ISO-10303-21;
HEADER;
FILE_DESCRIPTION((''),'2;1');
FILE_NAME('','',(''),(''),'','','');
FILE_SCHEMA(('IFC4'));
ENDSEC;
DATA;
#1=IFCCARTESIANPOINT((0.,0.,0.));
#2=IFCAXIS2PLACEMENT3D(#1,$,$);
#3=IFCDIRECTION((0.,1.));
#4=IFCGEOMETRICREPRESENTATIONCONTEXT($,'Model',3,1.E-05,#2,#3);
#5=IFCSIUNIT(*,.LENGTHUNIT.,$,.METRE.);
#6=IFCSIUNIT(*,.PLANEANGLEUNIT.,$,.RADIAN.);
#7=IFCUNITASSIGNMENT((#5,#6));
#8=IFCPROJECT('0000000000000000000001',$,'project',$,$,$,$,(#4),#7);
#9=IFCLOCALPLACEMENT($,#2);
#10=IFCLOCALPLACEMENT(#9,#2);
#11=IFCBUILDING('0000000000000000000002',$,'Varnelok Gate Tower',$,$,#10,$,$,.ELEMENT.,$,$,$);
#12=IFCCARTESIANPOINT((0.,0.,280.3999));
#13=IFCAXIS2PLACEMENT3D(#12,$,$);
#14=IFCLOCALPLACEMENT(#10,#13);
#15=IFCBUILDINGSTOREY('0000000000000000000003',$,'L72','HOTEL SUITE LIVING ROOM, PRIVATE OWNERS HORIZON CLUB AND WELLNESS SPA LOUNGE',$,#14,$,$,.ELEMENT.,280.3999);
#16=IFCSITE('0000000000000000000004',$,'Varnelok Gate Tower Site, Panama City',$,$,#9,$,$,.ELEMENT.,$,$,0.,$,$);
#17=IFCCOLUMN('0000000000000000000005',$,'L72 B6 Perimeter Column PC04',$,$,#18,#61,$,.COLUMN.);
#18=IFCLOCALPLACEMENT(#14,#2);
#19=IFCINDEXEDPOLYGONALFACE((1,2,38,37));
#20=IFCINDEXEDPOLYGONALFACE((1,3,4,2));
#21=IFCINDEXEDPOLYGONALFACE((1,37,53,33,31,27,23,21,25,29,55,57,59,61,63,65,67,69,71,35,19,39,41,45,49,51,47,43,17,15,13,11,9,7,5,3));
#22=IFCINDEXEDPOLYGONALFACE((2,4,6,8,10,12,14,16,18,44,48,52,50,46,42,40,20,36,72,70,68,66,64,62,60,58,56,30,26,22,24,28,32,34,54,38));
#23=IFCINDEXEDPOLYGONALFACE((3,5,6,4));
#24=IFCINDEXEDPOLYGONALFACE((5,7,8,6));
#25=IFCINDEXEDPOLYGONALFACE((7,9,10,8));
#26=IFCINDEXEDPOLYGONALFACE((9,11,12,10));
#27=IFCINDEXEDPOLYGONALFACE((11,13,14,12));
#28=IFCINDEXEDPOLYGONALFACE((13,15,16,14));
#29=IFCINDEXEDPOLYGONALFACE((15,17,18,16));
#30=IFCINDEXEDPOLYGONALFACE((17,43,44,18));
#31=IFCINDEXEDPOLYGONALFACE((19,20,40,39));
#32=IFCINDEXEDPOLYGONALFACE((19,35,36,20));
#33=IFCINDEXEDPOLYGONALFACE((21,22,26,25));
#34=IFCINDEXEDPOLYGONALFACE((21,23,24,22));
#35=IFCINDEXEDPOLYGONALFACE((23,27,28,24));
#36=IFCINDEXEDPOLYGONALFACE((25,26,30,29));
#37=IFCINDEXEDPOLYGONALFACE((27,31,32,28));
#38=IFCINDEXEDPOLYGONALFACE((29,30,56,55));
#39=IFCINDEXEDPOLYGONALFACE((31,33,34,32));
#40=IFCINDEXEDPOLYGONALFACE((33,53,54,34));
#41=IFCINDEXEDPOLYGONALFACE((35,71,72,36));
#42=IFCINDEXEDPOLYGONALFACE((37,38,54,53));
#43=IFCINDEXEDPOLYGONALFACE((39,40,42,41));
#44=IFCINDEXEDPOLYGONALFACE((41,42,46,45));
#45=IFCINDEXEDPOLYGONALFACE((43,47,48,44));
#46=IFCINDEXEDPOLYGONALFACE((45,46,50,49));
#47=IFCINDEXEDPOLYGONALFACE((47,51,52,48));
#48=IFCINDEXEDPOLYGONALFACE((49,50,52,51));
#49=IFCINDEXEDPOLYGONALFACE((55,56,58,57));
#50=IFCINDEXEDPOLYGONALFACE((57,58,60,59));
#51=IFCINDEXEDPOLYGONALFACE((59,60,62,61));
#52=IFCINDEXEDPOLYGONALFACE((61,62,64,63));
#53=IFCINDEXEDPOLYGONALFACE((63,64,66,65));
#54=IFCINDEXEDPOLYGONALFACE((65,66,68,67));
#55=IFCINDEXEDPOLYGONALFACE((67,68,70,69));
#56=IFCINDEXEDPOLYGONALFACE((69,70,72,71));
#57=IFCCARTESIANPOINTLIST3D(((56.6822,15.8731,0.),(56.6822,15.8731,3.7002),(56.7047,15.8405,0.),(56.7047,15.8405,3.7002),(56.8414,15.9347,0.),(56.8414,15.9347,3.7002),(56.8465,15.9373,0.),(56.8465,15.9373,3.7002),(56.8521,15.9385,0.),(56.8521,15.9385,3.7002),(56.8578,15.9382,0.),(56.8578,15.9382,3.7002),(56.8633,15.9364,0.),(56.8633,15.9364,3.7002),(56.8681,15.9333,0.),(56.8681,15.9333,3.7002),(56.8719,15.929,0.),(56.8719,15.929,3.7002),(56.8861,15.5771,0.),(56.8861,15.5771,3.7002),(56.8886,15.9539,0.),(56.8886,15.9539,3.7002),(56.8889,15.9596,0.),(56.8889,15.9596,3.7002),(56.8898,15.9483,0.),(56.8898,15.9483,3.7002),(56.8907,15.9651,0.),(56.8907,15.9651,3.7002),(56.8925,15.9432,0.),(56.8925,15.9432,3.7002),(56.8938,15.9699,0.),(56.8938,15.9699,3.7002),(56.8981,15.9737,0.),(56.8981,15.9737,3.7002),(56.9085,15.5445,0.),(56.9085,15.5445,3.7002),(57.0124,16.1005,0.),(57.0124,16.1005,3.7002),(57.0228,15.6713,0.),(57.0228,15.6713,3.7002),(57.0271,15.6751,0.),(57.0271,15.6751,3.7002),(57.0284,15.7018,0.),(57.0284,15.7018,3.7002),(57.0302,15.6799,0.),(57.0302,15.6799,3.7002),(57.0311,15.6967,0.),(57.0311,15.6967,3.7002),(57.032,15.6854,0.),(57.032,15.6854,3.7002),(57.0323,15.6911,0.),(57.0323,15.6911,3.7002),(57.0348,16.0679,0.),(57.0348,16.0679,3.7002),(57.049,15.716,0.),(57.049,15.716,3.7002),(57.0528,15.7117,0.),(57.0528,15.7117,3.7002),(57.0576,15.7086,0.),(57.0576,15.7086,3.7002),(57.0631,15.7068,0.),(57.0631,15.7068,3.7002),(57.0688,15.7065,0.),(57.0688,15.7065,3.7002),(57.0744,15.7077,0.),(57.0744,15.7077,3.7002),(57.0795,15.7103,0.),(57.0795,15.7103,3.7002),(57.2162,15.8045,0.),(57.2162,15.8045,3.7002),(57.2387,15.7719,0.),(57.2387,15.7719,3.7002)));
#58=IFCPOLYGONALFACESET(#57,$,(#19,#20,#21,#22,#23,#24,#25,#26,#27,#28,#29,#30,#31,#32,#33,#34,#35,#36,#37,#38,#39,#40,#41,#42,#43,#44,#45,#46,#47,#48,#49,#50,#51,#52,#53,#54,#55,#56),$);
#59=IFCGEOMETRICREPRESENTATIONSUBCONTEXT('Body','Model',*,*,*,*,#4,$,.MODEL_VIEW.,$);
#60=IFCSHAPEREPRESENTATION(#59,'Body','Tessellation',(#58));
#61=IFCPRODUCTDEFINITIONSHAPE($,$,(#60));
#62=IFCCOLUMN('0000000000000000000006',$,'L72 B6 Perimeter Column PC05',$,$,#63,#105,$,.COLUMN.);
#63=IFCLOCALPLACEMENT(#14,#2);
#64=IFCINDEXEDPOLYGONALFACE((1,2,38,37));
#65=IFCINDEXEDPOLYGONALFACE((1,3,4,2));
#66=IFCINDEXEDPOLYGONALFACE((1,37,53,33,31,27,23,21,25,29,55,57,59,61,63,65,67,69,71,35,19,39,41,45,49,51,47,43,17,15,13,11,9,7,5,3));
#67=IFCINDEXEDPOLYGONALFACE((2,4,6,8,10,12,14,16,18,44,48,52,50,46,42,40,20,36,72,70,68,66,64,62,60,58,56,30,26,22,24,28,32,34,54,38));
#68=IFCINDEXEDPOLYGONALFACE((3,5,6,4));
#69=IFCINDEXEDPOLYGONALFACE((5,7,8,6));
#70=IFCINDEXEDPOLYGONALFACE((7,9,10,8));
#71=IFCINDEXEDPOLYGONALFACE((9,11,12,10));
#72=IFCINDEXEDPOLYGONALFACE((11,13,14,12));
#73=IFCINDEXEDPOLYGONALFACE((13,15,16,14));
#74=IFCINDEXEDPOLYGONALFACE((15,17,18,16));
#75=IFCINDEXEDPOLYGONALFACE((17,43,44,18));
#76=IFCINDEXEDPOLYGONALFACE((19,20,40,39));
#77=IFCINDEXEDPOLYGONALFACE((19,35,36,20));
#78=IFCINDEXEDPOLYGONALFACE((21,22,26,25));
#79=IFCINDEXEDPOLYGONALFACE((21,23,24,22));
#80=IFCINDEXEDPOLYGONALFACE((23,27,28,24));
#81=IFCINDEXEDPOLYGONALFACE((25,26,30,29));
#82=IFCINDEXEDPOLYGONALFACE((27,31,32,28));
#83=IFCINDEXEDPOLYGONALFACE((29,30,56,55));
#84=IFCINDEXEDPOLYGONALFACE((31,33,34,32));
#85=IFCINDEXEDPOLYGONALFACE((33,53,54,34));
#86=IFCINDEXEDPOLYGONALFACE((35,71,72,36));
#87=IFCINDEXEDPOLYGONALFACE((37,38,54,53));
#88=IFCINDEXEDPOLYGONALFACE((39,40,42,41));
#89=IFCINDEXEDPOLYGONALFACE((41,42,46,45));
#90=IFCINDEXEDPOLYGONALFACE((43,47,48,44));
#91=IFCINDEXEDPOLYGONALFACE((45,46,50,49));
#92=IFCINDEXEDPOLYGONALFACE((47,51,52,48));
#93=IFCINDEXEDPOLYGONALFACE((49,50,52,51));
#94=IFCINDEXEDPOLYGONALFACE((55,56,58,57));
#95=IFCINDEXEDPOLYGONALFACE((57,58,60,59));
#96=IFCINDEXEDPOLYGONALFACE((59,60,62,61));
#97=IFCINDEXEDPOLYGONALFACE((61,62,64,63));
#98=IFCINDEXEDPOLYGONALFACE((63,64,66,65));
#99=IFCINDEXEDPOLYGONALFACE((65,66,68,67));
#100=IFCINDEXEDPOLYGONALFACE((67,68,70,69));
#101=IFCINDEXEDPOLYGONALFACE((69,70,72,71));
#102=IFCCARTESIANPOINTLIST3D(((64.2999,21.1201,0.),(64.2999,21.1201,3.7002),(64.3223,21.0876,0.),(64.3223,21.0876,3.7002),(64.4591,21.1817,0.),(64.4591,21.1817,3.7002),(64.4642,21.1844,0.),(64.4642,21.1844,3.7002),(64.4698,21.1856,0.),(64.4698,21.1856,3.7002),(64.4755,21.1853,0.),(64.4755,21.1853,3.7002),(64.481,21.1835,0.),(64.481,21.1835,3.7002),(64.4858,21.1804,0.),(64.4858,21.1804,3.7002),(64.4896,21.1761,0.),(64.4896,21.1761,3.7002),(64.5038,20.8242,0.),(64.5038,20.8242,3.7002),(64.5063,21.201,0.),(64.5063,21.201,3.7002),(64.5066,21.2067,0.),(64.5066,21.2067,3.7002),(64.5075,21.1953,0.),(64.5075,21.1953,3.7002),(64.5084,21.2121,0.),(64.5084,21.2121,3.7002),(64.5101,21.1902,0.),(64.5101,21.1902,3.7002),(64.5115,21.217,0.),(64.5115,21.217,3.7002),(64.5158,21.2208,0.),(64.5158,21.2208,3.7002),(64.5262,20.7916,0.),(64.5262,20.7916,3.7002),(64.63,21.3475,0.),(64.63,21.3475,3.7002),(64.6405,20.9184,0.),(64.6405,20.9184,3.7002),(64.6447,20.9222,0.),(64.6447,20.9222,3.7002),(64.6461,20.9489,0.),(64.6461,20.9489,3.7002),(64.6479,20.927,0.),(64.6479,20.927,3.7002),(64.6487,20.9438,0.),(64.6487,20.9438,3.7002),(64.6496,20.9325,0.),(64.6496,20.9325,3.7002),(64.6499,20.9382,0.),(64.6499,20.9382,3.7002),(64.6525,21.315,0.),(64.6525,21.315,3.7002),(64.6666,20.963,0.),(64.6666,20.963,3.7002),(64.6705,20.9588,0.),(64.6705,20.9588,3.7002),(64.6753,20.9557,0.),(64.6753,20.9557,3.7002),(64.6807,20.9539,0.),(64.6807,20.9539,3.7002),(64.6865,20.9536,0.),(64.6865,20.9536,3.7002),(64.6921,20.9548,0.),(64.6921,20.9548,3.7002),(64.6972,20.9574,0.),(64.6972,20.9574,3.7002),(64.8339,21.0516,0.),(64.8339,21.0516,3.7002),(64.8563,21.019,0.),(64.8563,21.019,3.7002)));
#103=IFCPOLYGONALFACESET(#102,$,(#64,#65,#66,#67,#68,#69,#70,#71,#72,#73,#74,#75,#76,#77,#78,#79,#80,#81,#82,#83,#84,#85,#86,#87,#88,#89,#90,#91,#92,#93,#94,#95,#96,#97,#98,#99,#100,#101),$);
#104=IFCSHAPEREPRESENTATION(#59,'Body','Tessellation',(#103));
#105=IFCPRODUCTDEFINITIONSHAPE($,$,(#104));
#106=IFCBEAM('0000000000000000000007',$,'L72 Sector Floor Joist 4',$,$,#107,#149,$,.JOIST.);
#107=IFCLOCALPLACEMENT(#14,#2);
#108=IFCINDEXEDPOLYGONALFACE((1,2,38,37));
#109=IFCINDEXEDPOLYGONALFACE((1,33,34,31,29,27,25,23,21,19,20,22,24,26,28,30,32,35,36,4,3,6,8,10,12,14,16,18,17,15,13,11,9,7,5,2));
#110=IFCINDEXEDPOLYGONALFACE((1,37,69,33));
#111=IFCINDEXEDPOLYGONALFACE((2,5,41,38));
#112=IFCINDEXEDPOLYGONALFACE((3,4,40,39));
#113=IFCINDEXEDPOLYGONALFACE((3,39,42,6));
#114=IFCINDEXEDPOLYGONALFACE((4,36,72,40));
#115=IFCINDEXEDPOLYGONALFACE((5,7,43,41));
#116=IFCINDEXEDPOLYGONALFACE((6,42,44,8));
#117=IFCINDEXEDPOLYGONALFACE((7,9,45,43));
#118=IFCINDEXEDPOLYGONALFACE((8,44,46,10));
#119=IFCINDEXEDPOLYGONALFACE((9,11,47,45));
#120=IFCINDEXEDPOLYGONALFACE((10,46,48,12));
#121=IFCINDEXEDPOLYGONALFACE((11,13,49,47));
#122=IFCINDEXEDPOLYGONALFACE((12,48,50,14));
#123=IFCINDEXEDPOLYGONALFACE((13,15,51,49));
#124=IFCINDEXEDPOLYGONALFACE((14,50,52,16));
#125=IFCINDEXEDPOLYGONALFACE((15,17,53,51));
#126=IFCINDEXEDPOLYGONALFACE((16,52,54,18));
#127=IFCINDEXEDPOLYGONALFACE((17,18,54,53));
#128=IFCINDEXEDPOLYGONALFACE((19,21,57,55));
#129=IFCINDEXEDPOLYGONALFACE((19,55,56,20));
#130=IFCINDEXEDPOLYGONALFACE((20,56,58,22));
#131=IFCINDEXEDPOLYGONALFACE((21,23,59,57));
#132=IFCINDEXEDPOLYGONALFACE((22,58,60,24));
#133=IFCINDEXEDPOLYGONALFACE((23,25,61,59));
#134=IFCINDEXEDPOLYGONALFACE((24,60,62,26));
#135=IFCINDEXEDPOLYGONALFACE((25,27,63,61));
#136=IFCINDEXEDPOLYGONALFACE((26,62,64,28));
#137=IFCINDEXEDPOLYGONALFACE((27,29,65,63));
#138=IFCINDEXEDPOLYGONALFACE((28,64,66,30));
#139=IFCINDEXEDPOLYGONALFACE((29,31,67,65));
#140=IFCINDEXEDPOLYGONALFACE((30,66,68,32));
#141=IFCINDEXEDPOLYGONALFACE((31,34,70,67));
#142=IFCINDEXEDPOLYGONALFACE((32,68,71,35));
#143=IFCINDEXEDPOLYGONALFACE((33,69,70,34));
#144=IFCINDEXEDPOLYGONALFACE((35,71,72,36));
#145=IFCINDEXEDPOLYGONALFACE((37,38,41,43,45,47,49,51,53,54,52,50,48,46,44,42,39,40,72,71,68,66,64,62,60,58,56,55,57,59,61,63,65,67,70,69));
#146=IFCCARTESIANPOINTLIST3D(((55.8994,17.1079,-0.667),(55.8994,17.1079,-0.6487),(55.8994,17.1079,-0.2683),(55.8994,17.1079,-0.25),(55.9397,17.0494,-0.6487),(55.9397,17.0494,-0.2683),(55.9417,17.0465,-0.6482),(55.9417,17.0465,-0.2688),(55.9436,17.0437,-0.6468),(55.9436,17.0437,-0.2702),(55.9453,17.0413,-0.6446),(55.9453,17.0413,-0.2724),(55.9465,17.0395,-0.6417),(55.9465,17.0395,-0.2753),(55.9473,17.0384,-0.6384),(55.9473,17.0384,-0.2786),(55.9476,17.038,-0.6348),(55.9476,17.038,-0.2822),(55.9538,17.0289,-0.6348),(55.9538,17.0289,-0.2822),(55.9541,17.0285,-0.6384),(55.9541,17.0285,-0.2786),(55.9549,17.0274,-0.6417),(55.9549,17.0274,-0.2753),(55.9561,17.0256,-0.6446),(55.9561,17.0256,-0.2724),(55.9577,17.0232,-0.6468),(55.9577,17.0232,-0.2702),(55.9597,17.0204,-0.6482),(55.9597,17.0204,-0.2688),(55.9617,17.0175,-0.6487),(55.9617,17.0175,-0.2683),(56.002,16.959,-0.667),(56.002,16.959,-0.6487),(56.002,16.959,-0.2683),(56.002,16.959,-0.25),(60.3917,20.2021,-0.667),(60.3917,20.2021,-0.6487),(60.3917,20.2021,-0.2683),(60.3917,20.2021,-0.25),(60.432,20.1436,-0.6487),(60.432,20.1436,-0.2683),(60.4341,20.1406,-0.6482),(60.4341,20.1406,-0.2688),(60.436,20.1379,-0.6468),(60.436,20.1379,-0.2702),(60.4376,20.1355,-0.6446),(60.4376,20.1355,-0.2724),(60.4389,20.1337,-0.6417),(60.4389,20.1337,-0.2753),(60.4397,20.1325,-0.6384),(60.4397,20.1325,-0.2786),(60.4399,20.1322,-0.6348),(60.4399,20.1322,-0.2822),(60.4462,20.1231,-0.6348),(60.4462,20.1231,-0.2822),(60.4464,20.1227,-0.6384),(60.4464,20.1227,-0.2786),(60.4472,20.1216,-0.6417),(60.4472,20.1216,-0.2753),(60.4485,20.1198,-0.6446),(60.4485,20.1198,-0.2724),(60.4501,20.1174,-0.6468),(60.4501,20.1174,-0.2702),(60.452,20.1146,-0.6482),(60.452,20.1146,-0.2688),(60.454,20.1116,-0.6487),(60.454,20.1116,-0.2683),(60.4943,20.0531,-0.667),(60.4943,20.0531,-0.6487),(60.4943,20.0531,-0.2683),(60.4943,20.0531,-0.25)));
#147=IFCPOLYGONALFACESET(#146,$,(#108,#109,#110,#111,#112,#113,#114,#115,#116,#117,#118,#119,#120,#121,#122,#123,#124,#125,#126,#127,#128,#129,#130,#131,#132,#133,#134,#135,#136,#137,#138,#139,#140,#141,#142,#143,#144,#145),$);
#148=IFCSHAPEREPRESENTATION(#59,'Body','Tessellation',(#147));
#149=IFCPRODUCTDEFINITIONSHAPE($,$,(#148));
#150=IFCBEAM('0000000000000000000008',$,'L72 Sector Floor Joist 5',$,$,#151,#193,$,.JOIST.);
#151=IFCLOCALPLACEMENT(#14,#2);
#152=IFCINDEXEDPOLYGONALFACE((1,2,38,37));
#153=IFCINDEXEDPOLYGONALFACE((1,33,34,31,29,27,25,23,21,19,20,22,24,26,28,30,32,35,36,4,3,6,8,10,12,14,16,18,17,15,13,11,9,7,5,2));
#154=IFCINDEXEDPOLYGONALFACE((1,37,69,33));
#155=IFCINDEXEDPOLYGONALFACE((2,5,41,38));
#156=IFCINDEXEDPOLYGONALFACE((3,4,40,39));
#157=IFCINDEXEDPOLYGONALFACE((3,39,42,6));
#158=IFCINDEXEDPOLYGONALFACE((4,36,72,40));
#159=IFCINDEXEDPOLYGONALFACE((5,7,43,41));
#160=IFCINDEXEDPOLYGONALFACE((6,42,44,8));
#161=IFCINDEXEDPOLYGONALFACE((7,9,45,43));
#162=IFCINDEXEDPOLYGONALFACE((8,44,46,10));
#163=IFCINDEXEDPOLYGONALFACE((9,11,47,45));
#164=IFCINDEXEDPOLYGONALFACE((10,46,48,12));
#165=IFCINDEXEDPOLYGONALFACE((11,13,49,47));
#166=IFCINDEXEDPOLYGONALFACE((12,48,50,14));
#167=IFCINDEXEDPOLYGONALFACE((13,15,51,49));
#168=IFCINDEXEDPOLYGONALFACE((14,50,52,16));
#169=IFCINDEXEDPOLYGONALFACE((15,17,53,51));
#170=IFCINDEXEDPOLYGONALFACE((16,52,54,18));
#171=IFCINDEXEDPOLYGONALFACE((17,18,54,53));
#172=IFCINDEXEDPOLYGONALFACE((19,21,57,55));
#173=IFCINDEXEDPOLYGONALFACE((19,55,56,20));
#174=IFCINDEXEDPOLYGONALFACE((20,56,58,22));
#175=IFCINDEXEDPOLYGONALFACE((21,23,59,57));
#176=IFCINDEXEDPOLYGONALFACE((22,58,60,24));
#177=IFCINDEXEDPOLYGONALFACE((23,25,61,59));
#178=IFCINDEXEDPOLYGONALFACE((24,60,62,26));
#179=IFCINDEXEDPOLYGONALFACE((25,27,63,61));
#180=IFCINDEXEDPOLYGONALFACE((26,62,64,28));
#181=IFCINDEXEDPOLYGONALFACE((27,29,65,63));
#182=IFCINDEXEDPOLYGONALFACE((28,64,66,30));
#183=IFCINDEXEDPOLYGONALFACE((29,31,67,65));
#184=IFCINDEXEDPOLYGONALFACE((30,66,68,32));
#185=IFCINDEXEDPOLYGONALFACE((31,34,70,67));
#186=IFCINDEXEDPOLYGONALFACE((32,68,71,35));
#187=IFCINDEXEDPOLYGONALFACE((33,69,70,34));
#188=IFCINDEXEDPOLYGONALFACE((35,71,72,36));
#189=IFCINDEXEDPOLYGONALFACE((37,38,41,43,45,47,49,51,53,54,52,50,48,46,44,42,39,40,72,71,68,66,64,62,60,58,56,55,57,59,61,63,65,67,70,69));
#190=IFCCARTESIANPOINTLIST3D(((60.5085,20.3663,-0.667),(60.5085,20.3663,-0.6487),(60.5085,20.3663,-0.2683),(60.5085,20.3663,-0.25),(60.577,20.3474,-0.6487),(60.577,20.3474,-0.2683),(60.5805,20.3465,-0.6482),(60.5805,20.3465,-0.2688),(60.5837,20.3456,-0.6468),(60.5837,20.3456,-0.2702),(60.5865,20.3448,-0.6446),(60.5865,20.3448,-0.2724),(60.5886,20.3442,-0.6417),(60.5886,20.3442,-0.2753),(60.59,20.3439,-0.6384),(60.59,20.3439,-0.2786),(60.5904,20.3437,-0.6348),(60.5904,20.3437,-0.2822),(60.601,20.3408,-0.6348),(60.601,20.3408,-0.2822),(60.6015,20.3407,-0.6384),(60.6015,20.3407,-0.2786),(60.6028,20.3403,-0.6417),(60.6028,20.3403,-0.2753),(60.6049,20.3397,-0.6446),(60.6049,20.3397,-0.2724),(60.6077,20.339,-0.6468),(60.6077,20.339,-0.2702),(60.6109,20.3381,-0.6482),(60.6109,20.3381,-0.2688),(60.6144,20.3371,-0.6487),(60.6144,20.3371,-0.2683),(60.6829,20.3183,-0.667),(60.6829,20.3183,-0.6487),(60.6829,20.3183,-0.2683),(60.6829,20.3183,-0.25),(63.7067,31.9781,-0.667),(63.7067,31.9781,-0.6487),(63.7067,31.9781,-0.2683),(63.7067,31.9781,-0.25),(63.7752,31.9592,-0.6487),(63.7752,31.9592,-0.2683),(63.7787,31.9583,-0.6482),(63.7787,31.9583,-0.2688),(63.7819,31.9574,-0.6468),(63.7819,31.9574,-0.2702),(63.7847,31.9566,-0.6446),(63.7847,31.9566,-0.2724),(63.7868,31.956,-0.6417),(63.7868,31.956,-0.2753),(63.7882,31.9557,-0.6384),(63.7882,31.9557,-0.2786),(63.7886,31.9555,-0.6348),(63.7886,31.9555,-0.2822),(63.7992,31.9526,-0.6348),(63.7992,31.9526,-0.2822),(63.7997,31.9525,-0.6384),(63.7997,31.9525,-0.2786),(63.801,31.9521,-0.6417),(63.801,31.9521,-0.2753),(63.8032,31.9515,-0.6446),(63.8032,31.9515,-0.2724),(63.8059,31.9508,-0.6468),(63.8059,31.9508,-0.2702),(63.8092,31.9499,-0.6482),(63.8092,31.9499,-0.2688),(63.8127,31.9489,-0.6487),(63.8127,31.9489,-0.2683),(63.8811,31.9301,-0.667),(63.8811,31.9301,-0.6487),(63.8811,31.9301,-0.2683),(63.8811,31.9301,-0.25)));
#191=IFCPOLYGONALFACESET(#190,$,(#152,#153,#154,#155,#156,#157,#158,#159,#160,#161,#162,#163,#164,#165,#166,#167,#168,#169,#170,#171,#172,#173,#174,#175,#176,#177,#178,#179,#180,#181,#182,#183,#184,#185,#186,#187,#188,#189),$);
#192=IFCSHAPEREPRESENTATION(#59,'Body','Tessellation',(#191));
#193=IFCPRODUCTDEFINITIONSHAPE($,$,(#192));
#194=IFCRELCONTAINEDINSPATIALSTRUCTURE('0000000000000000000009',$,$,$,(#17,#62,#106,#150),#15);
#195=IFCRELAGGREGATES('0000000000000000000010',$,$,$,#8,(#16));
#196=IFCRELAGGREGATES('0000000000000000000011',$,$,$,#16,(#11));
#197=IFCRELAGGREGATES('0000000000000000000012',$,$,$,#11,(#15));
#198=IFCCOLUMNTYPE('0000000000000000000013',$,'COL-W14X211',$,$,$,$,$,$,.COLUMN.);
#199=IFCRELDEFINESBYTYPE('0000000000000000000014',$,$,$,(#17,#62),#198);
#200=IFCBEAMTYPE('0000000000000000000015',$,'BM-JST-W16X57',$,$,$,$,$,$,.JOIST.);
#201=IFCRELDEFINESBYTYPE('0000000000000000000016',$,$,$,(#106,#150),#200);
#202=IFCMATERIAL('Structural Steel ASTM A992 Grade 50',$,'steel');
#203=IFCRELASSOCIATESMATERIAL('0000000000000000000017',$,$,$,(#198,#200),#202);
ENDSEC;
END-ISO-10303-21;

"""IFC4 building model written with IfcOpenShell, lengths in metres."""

from ifc_helpers import new_model, si_unit, direction, frame, origin, origin_2d, place, context, subcontext, project, spatial, i_section, extrude, material, material_profile, profile_set, type_object, element, save


model = new_model("IFC4")

# Units and contexts
model_context = context("Model", 3, precision=1e-05, world=origin(), true_north=direction((0.0, 1.0)))
body_context = subcontext(model_context, "Body", "Model", "MODEL_VIEW")
ifc_project = project(units=[si_unit("LENGTHUNIT", "METRE"), si_unit("PLANEANGLEUNIT", "RADIAN")], contexts=[model_context])

# Site, building, storey
site_placement = place(None, origin())
site = spatial("IfcSite", under=ifc_project, at=site_placement, Name="Varnelok Gate Tower Site, Panama City", CompositionType="ELEMENT", RefElevation=0.0)
building_placement = place(site_placement, origin())
building = spatial("IfcBuilding", under=site, at=building_placement, Name="Varnelok Gate Tower", CompositionType="ELEMENT")
storey_placement = place(building_placement, frame((0.0, 0.0, 280.3999)))
storey = spatial("IfcBuildingStorey", under=building, at=storey_placement, Name="L72", Description="HOTEL SUITE LIVING ROOM, PRIVATE OWNERS HORIZON CLUB AND WELLNESS SPA LOUNGE", CompositionType="ELEMENT", Elevation=280.3999)

# Columns
ifc_material_1 = material(Name="Structural Steel ASTM A992 Grade 50", Category="steel")
ifc_material_profile_1 = material_profile(ifc_material_1, i_section(OverallWidth=0.4009, OverallDepth=0.3989, WebThickness=0.0249, FlangeThickness=0.0396, FilletRadius=0.022, at=origin_2d()), Name="W14X211")
ifc_profile_set_1 = profile_set([ifc_material_profile_1], Name="Structural Steel ASTM A992 Grade 50")
column_type = type_object("IfcColumnType", Name="COL-W14X211", PredefinedType="COLUMN", material=ifc_profile_set_1)
for number, where, z_axis, x_axis, name in (
    (1, (56.9604, 15.8225, 0.0), (0.0, 0.0, 1.0), (0.823533, 0.567269, 0.0), "L72 B6 Perimeter Column PC04"),
    (2, (64.5781, 21.0696, 0.0), (0.0, 0.0, 1.0), (0.823533, 0.567269, 0.0), "L72 B6 Perimeter Column PC05"),
):
    element("IfcColumn", number, at=place(storey_placement, frame(where, z_axis=z_axis, x_axis=x_axis)), inside=storey, type_object=column_type, Name=name, PredefinedType="COLUMN", context=body_context, shape_type="SweptSolid", body=[
        extrude(i_section(OverallWidth=0.4009, OverallDepth=0.3989, WebThickness=0.0249, FlangeThickness=0.0396, FilletRadius=0.022, at=origin_2d()), origin(), (0.0, 0.0, 1.0), 3.7002),
    ])

# Beams
ifc_material_profile_2 = material_profile(ifc_material_1, i_section(OverallWidth=0.1809, OverallDepth=0.417, WebThickness=0.011, FlangeThickness=0.0183, FilletRadius=0.0139, at=origin_2d()), Name="W16X57")
ifc_profile_set_2 = profile_set([ifc_material_profile_2], Name="Structural Steel ASTM A992 Grade 50")
beam_type_1 = type_object("IfcBeamType", Name="BM-JST-W16X57", PredefinedType="JOIST", material=ifc_profile_set_2)
beam_1_placement = place(storey_placement, frame((55.9507, 17.0334, -0.4585), z_axis=(0.823555, 0.567237, 0.0), x_axis=(-0.567237, 0.823555, 0.0)))
element("IfcBeam", 3, at=beam_1_placement, inside=storey, type_object=beam_type_1, Name="L72 Sector Floor Joist 4", PredefinedType="JOIST", context=body_context, shape_type="SweptSolid", body=[
    extrude(i_section(OverallWidth=0.1809, OverallDepth=0.417, WebThickness=0.011, FlangeThickness=0.0183, FilletRadius=0.0139, at=origin_2d()), origin(), (0.0, 0.0, 1.0), 5.4548),
])
beam_2_placement = place(storey_placement, frame((60.5957, 20.3423, -0.4585), z_axis=(0.265542, 0.964099, 0.0), x_axis=(-0.964099, 0.265542, 0.0)))
element("IfcBeam", 4, at=beam_2_placement, inside=storey, type_object=beam_type_1, Name="L72 Sector Floor Joist 5", PredefinedType="JOIST", context=body_context, shape_type="SweptSolid", body=[
    extrude(i_section(OverallWidth=0.1809, OverallDepth=0.417, WebThickness=0.011, FlangeThickness=0.0183, FilletRadius=0.0139, at=origin_2d()), origin(), (0.0, 0.0, 1.0), 12.0442),
])

save(model, "model.ifc")
